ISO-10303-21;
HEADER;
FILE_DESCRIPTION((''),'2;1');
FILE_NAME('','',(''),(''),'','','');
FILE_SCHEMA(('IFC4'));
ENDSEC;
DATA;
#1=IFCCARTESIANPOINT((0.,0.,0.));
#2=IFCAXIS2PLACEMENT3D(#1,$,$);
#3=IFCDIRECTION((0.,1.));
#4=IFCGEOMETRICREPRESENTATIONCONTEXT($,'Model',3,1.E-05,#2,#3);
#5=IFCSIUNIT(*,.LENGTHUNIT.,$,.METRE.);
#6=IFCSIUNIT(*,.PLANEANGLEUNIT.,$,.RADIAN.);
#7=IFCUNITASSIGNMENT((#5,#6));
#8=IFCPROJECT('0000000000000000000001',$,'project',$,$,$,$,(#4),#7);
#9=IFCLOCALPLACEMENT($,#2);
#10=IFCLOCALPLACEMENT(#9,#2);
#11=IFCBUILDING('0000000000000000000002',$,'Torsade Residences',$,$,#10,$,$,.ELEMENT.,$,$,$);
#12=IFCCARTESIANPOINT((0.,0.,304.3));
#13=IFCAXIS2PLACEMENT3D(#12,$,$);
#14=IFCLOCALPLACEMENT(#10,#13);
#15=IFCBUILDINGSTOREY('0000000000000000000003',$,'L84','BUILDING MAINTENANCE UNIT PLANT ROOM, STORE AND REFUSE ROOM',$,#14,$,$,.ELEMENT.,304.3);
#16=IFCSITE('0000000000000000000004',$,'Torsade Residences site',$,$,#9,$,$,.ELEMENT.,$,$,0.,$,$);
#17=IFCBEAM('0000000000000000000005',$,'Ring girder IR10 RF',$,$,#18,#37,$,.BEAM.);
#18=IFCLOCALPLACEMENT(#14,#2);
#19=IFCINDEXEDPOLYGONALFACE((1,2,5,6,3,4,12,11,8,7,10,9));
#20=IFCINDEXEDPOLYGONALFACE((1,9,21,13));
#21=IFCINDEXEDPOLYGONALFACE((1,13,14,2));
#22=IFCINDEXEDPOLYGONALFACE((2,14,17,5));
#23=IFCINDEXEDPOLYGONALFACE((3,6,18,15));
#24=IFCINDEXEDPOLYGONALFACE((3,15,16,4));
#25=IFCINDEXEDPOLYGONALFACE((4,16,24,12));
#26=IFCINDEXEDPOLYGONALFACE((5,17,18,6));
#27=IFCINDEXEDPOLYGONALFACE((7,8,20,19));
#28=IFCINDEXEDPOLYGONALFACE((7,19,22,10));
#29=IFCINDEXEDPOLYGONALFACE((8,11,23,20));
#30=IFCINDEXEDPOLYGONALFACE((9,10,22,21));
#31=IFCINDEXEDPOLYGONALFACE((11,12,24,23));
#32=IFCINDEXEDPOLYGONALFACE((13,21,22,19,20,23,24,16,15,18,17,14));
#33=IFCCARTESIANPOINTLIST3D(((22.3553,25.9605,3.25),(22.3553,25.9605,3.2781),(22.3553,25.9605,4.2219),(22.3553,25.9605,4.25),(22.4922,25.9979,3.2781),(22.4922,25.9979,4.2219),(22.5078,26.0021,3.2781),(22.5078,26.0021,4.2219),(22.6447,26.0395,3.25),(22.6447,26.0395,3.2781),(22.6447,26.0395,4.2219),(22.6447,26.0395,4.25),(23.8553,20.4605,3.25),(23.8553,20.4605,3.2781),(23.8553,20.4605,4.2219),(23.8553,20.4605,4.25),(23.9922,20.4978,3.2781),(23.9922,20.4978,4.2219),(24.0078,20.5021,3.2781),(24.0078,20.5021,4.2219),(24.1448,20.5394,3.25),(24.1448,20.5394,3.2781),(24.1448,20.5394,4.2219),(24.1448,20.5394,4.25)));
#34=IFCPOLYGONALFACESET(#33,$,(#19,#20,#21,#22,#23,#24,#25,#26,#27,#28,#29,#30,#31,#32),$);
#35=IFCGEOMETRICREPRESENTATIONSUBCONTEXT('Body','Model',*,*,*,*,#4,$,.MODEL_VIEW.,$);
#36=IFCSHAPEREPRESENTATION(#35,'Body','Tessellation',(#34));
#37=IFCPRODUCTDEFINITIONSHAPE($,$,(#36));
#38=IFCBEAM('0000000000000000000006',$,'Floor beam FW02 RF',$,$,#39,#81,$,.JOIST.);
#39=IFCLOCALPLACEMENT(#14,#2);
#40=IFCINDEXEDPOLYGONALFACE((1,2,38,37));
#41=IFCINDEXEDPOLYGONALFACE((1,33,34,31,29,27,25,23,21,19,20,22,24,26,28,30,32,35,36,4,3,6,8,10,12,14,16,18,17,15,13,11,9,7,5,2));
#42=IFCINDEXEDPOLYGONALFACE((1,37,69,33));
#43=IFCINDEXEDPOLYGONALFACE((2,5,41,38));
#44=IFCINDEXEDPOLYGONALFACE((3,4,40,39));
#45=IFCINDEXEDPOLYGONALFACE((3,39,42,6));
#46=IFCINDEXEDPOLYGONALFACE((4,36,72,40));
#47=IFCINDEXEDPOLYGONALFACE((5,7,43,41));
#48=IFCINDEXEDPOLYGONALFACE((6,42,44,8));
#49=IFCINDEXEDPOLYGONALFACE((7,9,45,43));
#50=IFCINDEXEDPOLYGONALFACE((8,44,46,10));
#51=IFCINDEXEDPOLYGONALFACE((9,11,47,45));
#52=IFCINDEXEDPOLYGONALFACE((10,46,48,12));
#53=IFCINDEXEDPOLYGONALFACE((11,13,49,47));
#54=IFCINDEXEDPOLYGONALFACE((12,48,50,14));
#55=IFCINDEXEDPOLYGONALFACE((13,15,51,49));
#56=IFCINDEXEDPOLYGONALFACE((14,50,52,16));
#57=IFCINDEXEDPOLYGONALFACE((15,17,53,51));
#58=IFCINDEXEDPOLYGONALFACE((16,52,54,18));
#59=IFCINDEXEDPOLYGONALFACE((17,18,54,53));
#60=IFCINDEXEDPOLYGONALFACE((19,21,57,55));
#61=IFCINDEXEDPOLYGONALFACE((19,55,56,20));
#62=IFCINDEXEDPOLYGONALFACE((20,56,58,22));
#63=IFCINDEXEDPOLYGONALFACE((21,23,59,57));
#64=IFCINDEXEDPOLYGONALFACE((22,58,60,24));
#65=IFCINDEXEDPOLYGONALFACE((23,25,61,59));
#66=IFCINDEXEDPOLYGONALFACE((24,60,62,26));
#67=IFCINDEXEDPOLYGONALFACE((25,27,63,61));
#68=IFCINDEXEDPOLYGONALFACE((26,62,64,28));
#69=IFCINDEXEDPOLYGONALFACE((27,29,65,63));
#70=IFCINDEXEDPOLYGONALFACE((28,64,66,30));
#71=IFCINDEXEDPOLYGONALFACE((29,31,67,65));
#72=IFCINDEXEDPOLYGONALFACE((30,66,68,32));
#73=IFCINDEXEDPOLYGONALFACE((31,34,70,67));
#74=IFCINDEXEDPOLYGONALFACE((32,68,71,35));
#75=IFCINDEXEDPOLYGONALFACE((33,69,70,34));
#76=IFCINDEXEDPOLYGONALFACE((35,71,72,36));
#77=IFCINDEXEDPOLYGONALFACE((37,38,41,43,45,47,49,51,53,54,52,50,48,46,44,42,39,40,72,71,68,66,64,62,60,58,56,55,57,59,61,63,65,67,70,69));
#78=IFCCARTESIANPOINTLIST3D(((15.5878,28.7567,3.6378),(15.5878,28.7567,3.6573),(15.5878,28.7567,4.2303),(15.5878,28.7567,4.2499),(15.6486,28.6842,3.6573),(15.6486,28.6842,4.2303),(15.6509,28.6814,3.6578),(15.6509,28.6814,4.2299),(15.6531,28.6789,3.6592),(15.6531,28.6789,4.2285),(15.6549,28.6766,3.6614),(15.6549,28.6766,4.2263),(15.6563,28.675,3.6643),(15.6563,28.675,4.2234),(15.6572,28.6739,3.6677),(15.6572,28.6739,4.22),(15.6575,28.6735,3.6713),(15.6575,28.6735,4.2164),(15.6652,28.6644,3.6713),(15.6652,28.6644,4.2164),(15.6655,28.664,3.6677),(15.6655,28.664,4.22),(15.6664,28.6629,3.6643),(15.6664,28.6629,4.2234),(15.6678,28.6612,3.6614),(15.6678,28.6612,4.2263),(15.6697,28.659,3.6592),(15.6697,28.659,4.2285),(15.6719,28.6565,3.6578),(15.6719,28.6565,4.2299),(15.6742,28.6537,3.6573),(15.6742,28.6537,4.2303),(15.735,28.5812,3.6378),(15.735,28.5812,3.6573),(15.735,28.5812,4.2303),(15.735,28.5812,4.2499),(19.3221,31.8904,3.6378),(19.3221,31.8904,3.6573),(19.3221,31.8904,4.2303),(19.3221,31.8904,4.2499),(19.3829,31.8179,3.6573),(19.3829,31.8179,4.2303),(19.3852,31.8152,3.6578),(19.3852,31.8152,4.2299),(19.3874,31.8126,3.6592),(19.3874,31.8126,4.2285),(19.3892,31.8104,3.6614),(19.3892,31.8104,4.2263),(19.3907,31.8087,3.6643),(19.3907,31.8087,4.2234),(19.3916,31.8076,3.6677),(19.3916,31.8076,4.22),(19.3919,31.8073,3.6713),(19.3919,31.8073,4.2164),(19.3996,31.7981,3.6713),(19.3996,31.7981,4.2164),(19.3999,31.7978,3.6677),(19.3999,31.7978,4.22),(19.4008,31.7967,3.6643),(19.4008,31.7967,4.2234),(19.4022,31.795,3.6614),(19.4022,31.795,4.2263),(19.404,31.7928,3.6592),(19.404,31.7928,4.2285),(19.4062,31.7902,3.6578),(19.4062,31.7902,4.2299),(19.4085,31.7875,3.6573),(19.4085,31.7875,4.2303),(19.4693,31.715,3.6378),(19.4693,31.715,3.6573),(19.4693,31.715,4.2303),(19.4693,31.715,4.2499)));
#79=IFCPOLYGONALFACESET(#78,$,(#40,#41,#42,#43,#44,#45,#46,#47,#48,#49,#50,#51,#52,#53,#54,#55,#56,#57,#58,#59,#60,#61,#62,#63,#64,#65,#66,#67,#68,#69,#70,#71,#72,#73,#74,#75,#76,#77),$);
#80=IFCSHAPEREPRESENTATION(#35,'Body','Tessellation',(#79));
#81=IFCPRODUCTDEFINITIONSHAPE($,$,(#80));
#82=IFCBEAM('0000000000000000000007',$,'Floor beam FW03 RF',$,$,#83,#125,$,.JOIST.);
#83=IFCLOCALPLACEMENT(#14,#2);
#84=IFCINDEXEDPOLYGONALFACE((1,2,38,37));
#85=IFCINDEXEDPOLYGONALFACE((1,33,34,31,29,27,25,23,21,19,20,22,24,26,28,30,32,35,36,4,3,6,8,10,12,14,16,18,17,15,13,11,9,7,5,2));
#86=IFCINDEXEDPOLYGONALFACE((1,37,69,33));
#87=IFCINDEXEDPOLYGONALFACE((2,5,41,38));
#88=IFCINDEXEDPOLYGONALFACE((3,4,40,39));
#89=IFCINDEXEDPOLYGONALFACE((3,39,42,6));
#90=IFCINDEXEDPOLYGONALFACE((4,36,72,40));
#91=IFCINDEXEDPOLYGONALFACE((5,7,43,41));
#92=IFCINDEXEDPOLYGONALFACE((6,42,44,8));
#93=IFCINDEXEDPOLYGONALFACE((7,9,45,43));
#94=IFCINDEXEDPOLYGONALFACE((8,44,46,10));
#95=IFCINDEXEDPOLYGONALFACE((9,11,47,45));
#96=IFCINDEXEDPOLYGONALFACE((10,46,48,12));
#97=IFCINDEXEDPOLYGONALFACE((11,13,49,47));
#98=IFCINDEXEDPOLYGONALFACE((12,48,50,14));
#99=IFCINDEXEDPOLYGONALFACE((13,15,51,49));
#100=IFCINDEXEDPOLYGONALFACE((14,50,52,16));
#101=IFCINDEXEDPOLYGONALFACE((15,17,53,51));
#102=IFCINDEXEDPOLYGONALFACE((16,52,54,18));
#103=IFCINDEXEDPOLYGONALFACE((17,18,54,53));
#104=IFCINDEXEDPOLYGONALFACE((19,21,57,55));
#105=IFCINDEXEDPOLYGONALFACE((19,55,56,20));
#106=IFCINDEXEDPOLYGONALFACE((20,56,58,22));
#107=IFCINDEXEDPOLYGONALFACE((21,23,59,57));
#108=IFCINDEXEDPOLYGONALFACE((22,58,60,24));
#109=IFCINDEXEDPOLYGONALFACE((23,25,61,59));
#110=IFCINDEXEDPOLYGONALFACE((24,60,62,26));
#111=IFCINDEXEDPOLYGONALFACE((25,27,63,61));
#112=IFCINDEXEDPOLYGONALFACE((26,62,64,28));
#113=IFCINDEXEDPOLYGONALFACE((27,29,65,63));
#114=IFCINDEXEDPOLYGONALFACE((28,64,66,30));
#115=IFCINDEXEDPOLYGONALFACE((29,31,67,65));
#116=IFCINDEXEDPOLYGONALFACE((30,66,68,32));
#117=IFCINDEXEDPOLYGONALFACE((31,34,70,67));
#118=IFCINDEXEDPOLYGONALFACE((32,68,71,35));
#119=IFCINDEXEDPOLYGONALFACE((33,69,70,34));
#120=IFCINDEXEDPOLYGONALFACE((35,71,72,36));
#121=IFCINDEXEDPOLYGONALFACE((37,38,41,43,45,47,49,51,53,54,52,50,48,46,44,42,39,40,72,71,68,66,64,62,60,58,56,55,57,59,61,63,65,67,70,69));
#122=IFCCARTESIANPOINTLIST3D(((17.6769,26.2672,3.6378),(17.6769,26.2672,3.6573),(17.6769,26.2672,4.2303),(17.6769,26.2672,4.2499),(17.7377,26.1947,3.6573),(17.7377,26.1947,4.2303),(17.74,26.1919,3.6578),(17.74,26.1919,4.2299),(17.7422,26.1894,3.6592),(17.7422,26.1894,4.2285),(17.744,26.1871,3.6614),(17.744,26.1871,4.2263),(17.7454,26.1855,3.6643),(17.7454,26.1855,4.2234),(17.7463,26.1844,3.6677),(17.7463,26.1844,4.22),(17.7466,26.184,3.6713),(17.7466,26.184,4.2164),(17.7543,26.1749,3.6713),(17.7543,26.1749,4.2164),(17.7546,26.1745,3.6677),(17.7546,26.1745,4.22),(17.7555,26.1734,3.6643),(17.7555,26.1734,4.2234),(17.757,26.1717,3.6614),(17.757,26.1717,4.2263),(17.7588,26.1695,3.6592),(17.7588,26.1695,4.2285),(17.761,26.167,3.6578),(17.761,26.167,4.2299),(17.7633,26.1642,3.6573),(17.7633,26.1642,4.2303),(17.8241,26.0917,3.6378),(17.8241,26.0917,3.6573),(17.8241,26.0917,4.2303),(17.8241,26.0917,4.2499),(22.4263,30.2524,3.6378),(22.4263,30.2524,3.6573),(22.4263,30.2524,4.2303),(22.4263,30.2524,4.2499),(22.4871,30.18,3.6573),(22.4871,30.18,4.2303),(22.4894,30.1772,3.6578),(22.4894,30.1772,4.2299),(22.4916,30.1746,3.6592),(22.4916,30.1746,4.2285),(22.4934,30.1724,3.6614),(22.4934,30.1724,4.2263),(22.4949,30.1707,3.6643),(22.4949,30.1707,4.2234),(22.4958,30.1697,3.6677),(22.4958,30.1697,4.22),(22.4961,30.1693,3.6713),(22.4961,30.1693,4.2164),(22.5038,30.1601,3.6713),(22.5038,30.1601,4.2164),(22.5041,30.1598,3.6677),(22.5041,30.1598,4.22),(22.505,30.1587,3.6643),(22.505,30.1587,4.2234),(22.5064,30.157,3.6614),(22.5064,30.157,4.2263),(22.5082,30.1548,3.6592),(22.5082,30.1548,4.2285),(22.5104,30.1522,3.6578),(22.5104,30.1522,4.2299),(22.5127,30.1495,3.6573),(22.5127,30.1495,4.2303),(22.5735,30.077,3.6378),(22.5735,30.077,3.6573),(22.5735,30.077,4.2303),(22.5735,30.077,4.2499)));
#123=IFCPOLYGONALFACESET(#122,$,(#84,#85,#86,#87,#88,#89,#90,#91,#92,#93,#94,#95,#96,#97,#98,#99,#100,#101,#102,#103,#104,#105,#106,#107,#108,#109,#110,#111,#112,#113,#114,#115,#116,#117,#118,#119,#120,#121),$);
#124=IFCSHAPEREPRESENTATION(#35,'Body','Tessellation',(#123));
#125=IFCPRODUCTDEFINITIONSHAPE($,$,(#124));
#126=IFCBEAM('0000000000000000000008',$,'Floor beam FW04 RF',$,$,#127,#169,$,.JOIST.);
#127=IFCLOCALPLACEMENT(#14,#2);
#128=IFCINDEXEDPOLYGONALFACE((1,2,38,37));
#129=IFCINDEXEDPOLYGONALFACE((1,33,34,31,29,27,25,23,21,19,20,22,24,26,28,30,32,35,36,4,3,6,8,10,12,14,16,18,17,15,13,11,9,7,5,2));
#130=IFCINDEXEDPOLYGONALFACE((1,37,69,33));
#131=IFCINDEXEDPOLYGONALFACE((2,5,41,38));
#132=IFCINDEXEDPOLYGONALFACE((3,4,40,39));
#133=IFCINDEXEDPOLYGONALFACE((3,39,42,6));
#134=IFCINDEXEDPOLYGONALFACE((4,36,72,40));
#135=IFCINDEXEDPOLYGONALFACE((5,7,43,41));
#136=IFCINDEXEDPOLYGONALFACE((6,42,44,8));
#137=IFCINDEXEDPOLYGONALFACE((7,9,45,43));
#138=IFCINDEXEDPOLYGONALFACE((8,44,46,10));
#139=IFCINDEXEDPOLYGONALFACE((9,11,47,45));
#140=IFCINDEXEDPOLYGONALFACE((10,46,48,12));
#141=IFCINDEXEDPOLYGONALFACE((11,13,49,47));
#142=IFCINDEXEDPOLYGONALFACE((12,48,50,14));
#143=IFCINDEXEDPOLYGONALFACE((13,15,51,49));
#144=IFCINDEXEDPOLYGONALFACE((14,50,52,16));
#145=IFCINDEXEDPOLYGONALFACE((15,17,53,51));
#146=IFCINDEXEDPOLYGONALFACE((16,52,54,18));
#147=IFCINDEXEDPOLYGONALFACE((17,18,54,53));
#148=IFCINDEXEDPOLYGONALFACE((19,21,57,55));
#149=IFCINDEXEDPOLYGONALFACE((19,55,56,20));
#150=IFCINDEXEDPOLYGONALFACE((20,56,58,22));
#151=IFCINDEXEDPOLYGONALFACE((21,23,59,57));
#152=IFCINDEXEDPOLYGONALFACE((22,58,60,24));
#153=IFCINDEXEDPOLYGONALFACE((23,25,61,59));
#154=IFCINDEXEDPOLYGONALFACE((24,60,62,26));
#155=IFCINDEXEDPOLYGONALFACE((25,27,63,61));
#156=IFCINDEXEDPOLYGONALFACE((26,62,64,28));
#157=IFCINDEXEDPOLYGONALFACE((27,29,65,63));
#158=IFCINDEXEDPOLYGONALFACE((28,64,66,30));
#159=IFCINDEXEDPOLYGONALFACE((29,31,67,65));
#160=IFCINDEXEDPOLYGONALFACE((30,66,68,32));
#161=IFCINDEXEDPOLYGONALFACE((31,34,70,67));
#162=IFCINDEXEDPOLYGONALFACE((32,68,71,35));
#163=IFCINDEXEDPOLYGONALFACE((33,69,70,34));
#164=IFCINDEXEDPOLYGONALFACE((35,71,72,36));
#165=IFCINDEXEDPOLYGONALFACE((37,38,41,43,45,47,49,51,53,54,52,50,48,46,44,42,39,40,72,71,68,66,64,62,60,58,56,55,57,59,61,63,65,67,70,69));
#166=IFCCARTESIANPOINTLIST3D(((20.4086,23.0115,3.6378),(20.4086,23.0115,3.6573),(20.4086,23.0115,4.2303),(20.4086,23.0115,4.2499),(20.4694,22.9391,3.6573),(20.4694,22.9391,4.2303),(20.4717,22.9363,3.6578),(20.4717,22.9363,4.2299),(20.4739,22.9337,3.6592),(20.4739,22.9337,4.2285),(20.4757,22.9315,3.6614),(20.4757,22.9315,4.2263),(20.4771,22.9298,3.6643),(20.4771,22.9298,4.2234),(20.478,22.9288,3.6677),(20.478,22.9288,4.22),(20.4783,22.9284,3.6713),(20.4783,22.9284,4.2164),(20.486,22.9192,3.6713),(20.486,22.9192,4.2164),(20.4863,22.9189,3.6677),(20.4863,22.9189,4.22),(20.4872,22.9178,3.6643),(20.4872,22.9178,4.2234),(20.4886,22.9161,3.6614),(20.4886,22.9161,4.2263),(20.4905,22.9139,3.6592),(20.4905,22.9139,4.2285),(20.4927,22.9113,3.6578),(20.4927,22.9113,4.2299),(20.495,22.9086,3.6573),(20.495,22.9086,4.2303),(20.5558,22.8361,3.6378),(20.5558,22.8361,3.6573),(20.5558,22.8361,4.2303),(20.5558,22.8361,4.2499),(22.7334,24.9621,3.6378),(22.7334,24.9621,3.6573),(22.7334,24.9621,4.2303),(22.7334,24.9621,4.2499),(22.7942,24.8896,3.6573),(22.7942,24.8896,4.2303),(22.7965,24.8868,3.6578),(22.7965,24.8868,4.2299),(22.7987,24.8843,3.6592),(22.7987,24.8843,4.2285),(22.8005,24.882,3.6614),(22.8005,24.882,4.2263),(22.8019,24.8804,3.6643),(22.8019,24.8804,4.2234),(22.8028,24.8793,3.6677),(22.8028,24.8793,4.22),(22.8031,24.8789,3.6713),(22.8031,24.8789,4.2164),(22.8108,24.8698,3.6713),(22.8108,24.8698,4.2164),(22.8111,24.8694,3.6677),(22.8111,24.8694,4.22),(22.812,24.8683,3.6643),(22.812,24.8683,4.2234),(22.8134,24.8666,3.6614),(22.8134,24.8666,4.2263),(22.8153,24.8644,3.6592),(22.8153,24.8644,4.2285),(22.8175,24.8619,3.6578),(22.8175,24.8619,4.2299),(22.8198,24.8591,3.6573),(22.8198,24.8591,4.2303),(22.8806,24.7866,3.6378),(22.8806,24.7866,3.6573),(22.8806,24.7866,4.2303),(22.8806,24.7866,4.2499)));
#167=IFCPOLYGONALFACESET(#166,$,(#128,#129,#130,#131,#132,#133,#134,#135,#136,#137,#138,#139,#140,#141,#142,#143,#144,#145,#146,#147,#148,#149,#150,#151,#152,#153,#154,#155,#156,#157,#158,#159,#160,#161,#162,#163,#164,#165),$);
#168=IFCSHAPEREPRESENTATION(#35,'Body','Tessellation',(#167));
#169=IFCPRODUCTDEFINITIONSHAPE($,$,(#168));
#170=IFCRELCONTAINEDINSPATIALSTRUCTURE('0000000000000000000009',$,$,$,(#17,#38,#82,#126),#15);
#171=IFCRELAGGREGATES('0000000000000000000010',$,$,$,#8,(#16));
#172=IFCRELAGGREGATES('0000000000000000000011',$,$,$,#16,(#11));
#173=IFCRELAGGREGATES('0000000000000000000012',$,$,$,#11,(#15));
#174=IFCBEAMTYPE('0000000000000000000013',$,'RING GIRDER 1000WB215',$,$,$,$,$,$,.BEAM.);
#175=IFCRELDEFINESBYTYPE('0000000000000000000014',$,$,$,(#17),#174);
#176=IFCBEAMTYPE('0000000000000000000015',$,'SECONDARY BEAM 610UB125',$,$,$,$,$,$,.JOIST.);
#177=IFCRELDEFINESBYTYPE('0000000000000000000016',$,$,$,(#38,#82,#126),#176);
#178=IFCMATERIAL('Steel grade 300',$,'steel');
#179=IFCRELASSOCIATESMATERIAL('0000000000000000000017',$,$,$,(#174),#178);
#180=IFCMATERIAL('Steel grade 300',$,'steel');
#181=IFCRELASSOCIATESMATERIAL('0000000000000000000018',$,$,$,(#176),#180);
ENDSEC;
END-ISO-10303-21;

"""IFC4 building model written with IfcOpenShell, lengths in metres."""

from ifc_helpers import new_model, si_unit, direction, frame, origin, origin_2d, place, context, subcontext, project, spatial, i_section, extrude, material, material_profile, profile_set, type_object, element, save


model = new_model("IFC4")

# Units and contexts
model_context = context("Model", 3, precision=1e-05, world=origin(), true_north=direction((0.0, 1.0)))
body_context = subcontext(model_context, "Body", "Model", "MODEL_VIEW")
ifc_project = project(units=[si_unit("LENGTHUNIT", "METRE"), si_unit("PLANEANGLEUNIT", "RADIAN")], contexts=[model_context])

# Site, building, storey
site_placement = place(None, origin())
site = spatial("IfcSite", under=ifc_project, at=site_placement, Name="Torsade Residences site", CompositionType="ELEMENT", RefElevation=0.0)
building_placement = place(site_placement, origin())
building = spatial("IfcBuilding", under=site, at=building_placement, Name="Torsade Residences", CompositionType="ELEMENT")
storey_placement = place(building_placement, frame((0.0, 0.0, 304.3)))
storey = spatial("IfcBuildingStorey", under=building, at=storey_placement, Name="L84", Description="BUILDING MAINTENANCE UNIT PLANT ROOM, STORE AND REFUSE ROOM", CompositionType="ELEMENT", Elevation=304.3)

# Beams
ifc_material_1 = material(Name="Steel grade 300", Category="steel")
ifc_material_profile_1 = material_profile(ifc_material_1, i_section(OverallWidth=0.3, OverallDepth=1.0, WebThickness=0.0161, FlangeThickness=0.0281, at=origin_2d()), Name="1000WB215")
ifc_profile_set_1 = profile_set([ifc_material_profile_1], Name="Steel grade 300")
beam_type_1 = type_object("IfcBeamType", Name="RING GIRDER 1000WB215", PredefinedType="BEAM", material=ifc_profile_set_1)
beam_1_placement = place(storey_placement, frame((22.5, 26.0, 3.75), z_axis=(0.263117, -0.964764, 0.0), x_axis=(0.964764, 0.263117, 0.0)))
element("IfcBeam", 1, at=beam_1_placement, inside=storey, type_object=beam_type_1, Name="Ring girder IR10 RF", PredefinedType="BEAM", context=body_context, shape_type="SweptSolid", body=[
    extrude(i_section(OverallWidth=0.3, OverallDepth=1.0, WebThickness=0.0161, FlangeThickness=0.0281, at=origin_2d()), origin(), (0.0, 0.0, 1.0), 5.7009),
])
ifc_material_2 = material(Name="Steel grade 300", Category="steel")
ifc_material_profile_2 = material_profile(ifc_material_2, i_section(OverallWidth=0.229, OverallDepth=0.6121, WebThickness=0.012, FlangeThickness=0.0195, FilletRadius=0.0139, at=origin_2d()), Name="610UB125")
ifc_profile_set_2 = profile_set([ifc_material_profile_2], Name="Steel grade 300")
beam_type_2 = type_object("IfcBeamType", Name="SECONDARY BEAM 610UB125", PredefinedType="JOIST", material=ifc_profile_set_2)
beam_2_placement = place(storey_placement, frame((15.6614, 28.6689, 3.9438), z_axis=(0.766017, 0.642821, 0.0), x_axis=(-0.642821, 0.766017, 0.0)))
element("IfcBeam", 2, at=beam_2_placement, inside=storey, type_object=beam_type_2, Name="Floor beam FW02 RF", PredefinedType="JOIST", context=body_context, shape_type="SweptSolid", body=[
    extrude(i_section(OverallWidth=0.229, OverallDepth=0.6121, WebThickness=0.012, FlangeThickness=0.0195, FilletRadius=0.0139, at=origin_2d()), origin(), (0.0, 0.0, 1.0), 4.875),
])
beam_3_placement = place(storey_placement, frame((17.7505, 26.1794, 3.9438), z_axis=(0.766041, 0.642791, 0.0), x_axis=(-0.642791, 0.766041, 0.0)))
element("IfcBeam", 3, at=beam_3_placement, inside=storey, type_object=beam_type_2, Name="Floor beam FW03 RF", PredefinedType="JOIST", context=body_context, shape_type="SweptSolid", body=[
    extrude(i_section(OverallWidth=0.229, OverallDepth=0.6121, WebThickness=0.012, FlangeThickness=0.0195, FilletRadius=0.0139, at=origin_2d()), origin(), (0.0, 0.0, 1.0), 6.2),
])
beam_4_placement = place(storey_placement, frame((20.4822, 22.9238, 3.9438), z_axis=(0.76608, 0.642745, 0.0), x_axis=(-0.642745, 0.76608, 0.0)))
element("IfcBeam", 4, at=beam_4_placement, inside=storey, type_object=beam_type_2, Name="Floor beam FW04 RF", PredefinedType="JOIST", context=body_context, shape_type="SweptSolid", body=[
    extrude(i_section(OverallWidth=0.229, OverallDepth=0.6121, WebThickness=0.012, FlangeThickness=0.0195, FilletRadius=0.0139, at=origin_2d()), origin(), (0.0, 0.0, 1.0), 3.0347),
])

save(model, "model.ifc")
